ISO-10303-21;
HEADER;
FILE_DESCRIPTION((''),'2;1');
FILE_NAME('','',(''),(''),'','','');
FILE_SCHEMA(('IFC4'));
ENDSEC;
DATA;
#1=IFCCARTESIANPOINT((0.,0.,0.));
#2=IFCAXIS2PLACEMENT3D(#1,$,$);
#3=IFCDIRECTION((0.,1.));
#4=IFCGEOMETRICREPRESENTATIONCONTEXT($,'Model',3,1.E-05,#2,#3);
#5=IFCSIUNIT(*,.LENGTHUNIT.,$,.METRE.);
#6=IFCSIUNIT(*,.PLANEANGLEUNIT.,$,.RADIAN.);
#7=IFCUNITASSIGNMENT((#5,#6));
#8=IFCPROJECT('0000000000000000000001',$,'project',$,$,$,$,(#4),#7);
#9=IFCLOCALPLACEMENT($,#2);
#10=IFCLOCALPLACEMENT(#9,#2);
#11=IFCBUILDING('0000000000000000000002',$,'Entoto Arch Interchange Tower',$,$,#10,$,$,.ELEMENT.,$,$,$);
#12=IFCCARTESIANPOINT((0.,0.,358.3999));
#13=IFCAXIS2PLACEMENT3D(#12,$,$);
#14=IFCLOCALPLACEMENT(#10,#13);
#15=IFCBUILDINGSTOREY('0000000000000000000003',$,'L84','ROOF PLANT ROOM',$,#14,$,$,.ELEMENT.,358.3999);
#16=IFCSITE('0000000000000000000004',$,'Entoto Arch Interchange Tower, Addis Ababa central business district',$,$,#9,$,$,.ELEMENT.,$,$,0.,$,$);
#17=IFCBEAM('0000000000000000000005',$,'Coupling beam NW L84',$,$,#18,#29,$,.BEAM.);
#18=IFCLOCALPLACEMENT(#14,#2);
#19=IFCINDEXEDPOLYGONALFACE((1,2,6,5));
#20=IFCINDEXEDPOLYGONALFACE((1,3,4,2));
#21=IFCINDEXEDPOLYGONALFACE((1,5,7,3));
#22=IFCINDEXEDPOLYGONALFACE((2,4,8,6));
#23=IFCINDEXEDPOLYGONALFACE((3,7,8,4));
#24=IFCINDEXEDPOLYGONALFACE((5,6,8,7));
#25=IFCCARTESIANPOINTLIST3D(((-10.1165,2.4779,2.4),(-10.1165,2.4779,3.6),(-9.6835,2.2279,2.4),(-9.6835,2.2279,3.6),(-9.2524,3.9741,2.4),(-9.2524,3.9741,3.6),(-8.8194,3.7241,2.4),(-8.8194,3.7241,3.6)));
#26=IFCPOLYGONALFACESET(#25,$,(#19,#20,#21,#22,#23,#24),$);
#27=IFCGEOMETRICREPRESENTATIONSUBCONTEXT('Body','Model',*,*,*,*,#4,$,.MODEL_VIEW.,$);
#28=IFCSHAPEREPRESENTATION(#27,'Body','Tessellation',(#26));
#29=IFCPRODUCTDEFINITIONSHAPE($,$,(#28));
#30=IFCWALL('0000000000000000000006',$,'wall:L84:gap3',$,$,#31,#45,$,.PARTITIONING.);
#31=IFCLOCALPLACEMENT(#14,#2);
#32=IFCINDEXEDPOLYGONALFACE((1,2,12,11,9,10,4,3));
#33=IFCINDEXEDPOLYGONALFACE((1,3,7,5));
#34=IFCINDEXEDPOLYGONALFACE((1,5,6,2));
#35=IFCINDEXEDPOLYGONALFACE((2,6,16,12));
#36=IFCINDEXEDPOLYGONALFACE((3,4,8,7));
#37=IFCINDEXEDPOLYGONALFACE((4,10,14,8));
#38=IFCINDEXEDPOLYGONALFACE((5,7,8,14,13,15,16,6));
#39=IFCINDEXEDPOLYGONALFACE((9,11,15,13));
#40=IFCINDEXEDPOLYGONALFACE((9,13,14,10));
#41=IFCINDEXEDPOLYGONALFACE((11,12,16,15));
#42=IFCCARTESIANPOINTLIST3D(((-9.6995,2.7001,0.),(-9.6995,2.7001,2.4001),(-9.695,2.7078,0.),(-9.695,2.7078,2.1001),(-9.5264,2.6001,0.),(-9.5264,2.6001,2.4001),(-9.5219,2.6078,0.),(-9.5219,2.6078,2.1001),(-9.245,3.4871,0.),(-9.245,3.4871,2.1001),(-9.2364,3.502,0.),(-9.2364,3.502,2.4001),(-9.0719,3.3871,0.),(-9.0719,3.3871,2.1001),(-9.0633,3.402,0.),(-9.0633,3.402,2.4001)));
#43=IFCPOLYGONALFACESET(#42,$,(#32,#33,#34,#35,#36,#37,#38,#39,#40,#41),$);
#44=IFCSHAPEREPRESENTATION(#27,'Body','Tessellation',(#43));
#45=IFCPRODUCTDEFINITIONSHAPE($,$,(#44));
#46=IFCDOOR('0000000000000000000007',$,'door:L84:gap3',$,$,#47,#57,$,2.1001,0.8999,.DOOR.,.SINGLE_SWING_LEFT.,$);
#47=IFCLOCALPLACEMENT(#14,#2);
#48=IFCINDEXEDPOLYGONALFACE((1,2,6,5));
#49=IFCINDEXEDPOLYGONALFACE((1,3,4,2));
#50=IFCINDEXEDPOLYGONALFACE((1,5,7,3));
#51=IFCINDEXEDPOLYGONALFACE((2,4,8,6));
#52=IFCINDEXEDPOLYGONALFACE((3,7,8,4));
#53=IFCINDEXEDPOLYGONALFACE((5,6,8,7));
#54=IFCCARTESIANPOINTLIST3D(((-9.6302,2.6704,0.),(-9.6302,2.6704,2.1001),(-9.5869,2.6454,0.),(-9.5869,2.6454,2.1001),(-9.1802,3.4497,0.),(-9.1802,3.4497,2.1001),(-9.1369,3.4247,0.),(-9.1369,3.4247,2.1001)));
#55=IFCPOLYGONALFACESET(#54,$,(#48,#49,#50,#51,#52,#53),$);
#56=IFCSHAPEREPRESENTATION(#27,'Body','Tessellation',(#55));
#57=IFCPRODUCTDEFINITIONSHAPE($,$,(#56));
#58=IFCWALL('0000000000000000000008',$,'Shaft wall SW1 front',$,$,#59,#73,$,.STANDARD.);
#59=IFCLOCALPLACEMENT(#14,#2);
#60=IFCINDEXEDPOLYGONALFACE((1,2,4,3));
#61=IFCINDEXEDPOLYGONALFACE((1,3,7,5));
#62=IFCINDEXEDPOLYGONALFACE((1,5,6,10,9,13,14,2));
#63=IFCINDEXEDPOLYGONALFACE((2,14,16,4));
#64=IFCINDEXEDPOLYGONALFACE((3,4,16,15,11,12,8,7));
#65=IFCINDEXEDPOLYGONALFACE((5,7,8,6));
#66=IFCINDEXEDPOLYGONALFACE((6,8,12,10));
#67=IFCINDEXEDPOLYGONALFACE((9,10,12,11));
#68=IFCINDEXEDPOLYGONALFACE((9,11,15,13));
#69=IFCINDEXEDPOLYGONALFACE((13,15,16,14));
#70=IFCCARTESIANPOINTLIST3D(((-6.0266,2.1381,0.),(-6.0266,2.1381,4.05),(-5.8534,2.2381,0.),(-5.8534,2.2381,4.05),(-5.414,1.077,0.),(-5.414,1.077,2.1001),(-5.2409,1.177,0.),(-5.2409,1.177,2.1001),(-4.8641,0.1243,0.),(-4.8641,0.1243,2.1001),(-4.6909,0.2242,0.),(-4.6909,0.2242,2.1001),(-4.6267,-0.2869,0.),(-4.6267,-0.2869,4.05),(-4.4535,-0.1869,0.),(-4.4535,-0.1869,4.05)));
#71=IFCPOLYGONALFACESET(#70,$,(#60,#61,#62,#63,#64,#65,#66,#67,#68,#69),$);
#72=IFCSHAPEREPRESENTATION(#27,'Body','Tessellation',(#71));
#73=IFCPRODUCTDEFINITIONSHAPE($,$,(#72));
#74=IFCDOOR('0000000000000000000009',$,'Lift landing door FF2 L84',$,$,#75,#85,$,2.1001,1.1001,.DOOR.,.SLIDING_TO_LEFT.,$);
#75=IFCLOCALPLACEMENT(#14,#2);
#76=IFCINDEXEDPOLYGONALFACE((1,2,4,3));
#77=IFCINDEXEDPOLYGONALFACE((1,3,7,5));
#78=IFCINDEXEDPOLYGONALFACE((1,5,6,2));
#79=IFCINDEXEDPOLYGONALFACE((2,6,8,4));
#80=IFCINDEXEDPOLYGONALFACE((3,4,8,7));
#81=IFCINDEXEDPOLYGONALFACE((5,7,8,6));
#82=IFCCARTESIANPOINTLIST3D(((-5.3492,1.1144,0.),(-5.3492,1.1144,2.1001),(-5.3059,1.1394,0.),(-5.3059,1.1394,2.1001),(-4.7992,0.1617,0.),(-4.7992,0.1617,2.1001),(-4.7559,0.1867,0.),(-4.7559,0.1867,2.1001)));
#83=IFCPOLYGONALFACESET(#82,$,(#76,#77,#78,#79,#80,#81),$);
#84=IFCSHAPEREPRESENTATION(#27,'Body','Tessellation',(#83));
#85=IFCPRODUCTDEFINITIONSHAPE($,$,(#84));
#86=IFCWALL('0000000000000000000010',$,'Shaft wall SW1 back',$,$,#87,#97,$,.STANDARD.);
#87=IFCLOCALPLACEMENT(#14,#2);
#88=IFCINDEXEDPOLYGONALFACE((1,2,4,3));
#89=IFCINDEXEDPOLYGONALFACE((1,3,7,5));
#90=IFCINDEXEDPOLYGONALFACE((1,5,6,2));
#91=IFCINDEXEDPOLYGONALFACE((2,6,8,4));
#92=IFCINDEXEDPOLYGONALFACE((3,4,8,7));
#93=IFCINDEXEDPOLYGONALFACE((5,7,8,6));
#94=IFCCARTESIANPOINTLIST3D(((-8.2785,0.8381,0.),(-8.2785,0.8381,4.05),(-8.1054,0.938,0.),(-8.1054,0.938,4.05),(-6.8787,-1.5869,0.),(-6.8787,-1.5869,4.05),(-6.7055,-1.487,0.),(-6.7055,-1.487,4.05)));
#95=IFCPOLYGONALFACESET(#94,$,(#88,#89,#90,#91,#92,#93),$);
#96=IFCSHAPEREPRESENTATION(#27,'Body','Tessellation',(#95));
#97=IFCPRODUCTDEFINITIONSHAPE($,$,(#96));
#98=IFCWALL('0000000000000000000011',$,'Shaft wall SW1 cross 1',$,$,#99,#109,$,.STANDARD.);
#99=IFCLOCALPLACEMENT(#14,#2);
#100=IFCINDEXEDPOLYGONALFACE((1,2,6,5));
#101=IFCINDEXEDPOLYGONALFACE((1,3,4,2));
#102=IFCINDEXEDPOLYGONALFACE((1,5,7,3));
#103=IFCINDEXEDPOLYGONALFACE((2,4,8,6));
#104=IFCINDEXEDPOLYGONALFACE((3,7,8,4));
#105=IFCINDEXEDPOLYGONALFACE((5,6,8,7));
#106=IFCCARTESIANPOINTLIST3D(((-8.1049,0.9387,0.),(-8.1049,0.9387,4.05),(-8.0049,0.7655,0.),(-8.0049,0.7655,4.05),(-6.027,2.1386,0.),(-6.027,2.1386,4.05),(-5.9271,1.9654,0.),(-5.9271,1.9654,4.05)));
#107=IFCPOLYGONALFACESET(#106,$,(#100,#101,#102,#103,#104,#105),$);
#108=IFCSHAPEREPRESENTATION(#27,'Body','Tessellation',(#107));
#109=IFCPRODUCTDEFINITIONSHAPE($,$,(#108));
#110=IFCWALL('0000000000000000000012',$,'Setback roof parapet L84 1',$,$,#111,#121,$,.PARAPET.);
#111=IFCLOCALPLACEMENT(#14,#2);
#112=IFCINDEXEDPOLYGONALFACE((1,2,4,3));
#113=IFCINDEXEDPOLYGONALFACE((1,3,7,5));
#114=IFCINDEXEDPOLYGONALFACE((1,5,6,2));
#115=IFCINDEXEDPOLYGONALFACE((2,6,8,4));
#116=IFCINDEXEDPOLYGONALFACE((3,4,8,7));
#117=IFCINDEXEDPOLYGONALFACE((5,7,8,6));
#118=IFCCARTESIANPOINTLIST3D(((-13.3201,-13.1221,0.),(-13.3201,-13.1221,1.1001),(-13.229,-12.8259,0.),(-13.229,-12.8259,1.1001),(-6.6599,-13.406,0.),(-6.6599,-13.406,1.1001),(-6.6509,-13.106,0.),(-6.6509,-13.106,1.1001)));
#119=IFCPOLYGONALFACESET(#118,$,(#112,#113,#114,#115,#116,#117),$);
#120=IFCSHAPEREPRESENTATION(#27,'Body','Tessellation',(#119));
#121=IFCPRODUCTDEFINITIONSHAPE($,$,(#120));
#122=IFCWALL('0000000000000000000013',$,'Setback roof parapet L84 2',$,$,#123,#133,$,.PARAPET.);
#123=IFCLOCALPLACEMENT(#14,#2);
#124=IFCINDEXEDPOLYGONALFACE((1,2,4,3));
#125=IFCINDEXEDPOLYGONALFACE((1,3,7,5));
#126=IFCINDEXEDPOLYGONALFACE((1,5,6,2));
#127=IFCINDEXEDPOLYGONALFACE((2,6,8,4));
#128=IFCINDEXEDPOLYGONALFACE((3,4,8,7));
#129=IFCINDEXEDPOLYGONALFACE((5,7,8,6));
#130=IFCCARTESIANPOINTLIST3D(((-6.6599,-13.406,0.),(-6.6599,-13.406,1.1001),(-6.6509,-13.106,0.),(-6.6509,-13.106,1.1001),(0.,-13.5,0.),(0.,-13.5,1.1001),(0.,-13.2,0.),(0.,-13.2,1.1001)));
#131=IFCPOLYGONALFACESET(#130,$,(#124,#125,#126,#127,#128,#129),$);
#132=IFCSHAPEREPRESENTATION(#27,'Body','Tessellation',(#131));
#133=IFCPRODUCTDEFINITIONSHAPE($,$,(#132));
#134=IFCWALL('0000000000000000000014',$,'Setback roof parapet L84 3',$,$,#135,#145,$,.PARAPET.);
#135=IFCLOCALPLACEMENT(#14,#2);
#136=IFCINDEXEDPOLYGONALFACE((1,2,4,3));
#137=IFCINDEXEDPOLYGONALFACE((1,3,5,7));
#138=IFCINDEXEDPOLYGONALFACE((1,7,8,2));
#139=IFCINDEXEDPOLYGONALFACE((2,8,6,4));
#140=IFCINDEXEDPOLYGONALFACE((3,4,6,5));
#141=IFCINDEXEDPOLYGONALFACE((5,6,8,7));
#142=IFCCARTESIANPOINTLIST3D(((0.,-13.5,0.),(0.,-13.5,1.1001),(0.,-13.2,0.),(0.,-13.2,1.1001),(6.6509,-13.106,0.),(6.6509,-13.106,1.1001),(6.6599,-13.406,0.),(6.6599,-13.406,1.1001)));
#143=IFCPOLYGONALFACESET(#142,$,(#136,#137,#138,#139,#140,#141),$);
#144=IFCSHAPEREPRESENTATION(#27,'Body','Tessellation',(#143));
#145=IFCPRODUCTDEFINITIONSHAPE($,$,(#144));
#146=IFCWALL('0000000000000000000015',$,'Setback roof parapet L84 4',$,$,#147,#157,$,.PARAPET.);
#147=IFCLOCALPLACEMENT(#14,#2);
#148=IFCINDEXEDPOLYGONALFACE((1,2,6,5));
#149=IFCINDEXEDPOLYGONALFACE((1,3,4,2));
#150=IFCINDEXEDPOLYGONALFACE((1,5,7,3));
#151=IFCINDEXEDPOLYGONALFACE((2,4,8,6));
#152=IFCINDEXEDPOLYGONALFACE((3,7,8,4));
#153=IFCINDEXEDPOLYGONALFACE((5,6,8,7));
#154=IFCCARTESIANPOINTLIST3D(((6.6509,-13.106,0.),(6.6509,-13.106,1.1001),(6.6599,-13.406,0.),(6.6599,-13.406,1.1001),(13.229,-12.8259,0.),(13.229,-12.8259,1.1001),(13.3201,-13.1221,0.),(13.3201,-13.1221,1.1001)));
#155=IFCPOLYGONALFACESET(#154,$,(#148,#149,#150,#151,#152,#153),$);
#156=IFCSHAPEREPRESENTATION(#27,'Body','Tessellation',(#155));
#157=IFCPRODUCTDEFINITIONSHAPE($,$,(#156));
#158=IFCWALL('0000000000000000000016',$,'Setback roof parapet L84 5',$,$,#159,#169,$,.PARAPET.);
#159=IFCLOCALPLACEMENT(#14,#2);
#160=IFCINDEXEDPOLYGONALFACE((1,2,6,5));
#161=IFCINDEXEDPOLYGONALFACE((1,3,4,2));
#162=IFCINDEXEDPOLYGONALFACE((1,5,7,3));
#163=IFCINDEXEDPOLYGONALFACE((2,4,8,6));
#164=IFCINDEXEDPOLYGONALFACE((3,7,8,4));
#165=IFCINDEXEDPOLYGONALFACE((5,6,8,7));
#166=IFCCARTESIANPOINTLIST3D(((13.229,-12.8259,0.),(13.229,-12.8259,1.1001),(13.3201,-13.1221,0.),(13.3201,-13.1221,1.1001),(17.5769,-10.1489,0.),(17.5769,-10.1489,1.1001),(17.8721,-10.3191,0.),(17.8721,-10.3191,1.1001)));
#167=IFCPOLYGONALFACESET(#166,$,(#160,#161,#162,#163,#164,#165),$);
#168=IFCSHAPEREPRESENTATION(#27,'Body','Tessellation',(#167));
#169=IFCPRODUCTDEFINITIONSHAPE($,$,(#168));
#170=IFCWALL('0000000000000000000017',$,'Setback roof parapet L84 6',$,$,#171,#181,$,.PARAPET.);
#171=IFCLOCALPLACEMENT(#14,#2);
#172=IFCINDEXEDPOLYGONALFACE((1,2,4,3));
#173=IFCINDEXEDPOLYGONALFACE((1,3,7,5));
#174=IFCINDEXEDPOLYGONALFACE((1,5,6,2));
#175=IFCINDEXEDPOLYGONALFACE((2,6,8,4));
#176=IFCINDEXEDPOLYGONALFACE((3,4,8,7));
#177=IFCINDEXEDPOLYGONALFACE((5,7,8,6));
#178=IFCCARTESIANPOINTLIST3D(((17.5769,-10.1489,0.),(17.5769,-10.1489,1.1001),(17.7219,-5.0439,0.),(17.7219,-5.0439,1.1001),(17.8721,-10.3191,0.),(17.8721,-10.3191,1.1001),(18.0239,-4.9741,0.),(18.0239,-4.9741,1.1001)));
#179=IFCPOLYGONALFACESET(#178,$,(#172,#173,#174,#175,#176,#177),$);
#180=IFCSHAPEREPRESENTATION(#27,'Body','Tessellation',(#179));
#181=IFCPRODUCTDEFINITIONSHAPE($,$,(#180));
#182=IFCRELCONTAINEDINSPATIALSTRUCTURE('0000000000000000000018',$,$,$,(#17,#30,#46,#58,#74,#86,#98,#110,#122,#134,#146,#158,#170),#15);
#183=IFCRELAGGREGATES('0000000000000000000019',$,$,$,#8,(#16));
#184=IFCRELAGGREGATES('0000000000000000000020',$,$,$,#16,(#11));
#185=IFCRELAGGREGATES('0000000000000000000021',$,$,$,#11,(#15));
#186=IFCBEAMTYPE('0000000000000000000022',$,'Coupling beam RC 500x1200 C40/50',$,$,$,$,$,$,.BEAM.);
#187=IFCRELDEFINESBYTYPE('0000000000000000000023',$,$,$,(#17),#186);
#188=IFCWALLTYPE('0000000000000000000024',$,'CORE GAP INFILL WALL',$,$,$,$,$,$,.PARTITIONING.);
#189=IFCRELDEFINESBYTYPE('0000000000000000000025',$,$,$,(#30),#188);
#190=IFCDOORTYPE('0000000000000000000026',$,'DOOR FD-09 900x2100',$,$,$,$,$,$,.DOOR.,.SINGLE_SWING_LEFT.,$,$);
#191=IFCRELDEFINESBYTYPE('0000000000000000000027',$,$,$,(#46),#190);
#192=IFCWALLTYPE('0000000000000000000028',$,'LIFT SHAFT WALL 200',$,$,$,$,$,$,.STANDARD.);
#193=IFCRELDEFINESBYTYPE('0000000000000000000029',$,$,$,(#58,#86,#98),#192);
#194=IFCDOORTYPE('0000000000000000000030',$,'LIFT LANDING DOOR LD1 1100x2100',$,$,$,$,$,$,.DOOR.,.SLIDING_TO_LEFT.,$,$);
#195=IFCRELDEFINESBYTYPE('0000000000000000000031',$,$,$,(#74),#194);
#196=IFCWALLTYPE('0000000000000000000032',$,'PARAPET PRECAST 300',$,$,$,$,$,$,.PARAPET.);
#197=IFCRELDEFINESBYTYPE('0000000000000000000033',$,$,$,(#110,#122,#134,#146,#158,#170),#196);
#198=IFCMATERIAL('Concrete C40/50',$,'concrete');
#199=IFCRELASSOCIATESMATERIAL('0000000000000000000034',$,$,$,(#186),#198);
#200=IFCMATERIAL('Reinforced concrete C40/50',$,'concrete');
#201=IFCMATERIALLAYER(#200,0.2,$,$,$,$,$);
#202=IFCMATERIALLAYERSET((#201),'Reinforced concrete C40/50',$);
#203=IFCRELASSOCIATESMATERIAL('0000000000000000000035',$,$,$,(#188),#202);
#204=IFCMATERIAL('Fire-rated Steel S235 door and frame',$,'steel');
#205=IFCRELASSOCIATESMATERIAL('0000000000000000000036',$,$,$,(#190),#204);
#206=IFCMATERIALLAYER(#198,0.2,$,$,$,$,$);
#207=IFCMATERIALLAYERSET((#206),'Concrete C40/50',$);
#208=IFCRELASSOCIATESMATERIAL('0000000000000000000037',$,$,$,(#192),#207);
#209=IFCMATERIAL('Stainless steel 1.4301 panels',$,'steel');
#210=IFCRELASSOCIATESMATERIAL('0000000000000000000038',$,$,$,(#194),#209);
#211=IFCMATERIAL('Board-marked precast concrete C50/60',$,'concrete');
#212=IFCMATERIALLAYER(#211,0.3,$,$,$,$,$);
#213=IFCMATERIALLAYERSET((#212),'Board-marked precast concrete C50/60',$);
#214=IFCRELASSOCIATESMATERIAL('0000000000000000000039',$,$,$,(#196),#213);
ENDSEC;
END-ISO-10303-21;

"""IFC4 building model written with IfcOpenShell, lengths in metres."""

from ifc_helpers import new_model, si_unit, direction, frame, frame_2d, origin, origin_2d, place, context, subcontext, project, spatial, polyline, rectangle, outline, extrude, material, layer, layer_set, material_profile, profile_set, type_object, element, fill, save


model = new_model("IFC4")

# Units and contexts
model_context = context("Model", 3, precision=1e-05, world=origin(), true_north=direction((0.0, 1.0)))
body_context = subcontext(model_context, "Body", "Model", "MODEL_VIEW")
ifc_project = project(units=[si_unit("LENGTHUNIT", "METRE"), si_unit("PLANEANGLEUNIT", "RADIAN")], contexts=[model_context])

# Site, building, storey
site_placement = place(None, origin())
site = spatial("IfcSite", under=ifc_project, at=site_placement, Name="Entoto Arch Interchange Tower, Addis Ababa central business district", CompositionType="ELEMENT", RefElevation=0.0)
building_placement = place(site_placement, origin())
building = spatial("IfcBuilding", under=site, at=building_placement, Name="Entoto Arch Interchange Tower", CompositionType="ELEMENT")
storey_placement = place(building_placement, frame((0.0, 0.0, 358.3999)))
storey = spatial("IfcBuildingStorey", under=building, at=storey_placement, Name="L84", Description="ROOF PLANT ROOM", CompositionType="ELEMENT", Elevation=358.3999)

# Beam
ifc_material_1 = material(Name="Concrete C40/50", Category="concrete")
ifc_material_profile = material_profile(ifc_material_1, rectangle(XDim=0.5, YDim=1.2, at=origin_2d()))
ifc_profile_set = profile_set([ifc_material_profile], Name="Concrete C40/50")
beam_type = type_object("IfcBeamType", Name="Coupling beam RC 500x1200 C40/50", PredefinedType="BEAM", material=ifc_profile_set)
beam_placement = place(storey_placement, frame((-9.0359, 3.8491, 3.0), z_axis=(-0.500106, -0.865964, 0.0), x_axis=(0.865964, -0.500106, 0.0)))
element("IfcBeam", 1, at=beam_placement, inside=storey, type_object=beam_type, Name="Coupling beam NW L84", PredefinedType="BEAM", context=body_context, shape_type="SweptSolid", body=[
    extrude(rectangle(XDim=0.5, YDim=1.2, at=origin_2d()), origin(), (0.0, 0.0, 1.0), 1.7278),
])

# Walls, openings, doors
ifc_material_2 = material(Name="Reinforced concrete C40/50", Category="concrete")
ifc_layer_1 = layer(ifc_material_2, 0.2)
ifc_layer_set_1 = layer_set([ifc_layer_1], Name="Reinforced concrete C40/50")
wall_type_1 = type_object("IfcWallType", Name="CORE GAP INFILL WALL", PredefinedType="PARTITIONING", material=ifc_layer_set_1)
wall_1_placement = place(storey_placement, frame((-9.1499, 3.4519, 0.0), z_axis=(0.0, 0.0, 1.0), x_axis=(-0.50008, -0.865979, 0.0)))
wall_1 = element("IfcWall", 2, at=wall_1_placement, inside=storey, type_object=wall_type_1, Name="wall:L84:gap3", PredefinedType="PARTITIONING", context=body_context, shape_type="SweptSolid", body=[
    extrude(rectangle(XDim=0.926, YDim=0.2, at=frame_2d((0.4629, 0.0))), origin(), (0.0, 0.0, 1.0), 2.4001),
])
opening_1_placement = place(wall_1_placement, frame((0.0171, 0.0, 0.0)))
opening_1 = element("IfcOpeningElement", 3, at=opening_1_placement, cuts=wall_1, PredefinedType="OPENING", context=body_context, shape_type="SweptSolid", body=[
    extrude(rectangle(XDim=0.8999, YDim=2.1001, at=frame_2d((0.45, 1.05))), frame((0.0, 0.1099, 0.0), z_axis=(0.0, -1.0, 0.0), x_axis=(1.0, 0.0, 0.0)), (0.0, 0.0, 1.0), 0.22),
])
ifc_material_3 = material(Name="Fire-rated Steel S235 door and frame", Category="steel")
door_type_1 = type_object("IfcDoorType", Name="DOOR FD-09 900x2100", OperationType="SINGLE_SWING_LEFT", PredefinedType="DOOR", material=ifc_material_3)
door_1_placement = place(opening_1_placement, origin())
door_1 = element("IfcDoor", 4, at=door_1_placement, inside=storey, type_object=door_type_1, Name="door:L84:gap3", OperationType="SINGLE_SWING_LEFT", OverallHeight=2.1001, OverallWidth=0.8999, PredefinedType="DOOR", context=body_context, shape_type="SweptSolid", body=[
    extrude(rectangle(XDim=0.8999, YDim=2.1001, at=frame_2d((0.45, 1.05))), frame((0.0, 0.0249, 0.0), z_axis=(0.0, -1.0, 0.0), x_axis=(1.0, 0.0, 0.0)), (0.0, 0.0, 1.0), 0.05),
])
fill(opening_1, door_1)
ifc_layer_2 = layer(ifc_material_1, 0.2)
ifc_layer_set_2 = layer_set([ifc_layer_2], Name="Concrete C40/50")
wall_type_2 = type_object("IfcWallType", Name="LIFT SHAFT WALL 200", PredefinedType="STANDARD", material=ifc_layer_set_2)
wall_2_placement = place(storey_placement, frame((-5.9399, 2.188, 0.0), z_axis=(0.0, 0.0, 1.0), x_axis=(0.499946, -0.866056, 0.0)))
wall_2 = element("IfcWall", 5, at=wall_2_placement, inside=storey, type_object=wall_type_2, Name="Shaft wall SW1 front", PredefinedType="STANDARD", context=body_context, shape_type="SweptSolid", body=[
    extrude(rectangle(XDim=2.8, YDim=0.2, at=frame_2d((1.3999, 0.0))), origin(), (0.0, 0.0, 1.0), 4.05),
])
opening_2_placement = place(wall_2_placement, frame((1.2251, 0.0, 0.0)))
opening_2 = element("IfcOpeningElement", 6, at=opening_2_placement, cuts=wall_2, PredefinedType="OPENING", context=body_context, shape_type="SweptSolid", body=[
    extrude(rectangle(XDim=1.1001, YDim=2.1001, at=frame_2d((0.55, 1.05))), frame((0.0, 0.1099, 0.0), z_axis=(0.0, -1.0, 0.0), x_axis=(1.0, 0.0, 0.0)), (0.0, 0.0, 1.0), 0.22),
])
ifc_material_4 = material(Name="Stainless steel 1.4301 panels", Category="steel")
door_type_2 = type_object("IfcDoorType", Name="LIFT LANDING DOOR LD1 1100x2100", OperationType="SLIDING_TO_LEFT", PredefinedType="DOOR", material=ifc_material_4)
door_2_placement = place(opening_2_placement, origin())
door_2 = element("IfcDoor", 7, at=door_2_placement, inside=storey, type_object=door_type_2, Name="Lift landing door FF2 L84", OperationType="SLIDING_TO_LEFT", OverallHeight=2.1001, OverallWidth=1.1001, PredefinedType="DOOR", context=body_context, shape_type="SweptSolid", body=[
    extrude(rectangle(XDim=1.1001, YDim=2.1001, at=frame_2d((0.55, 1.05))), frame((0.0, 0.0249, 0.0), z_axis=(0.0, -1.0, 0.0), x_axis=(1.0, 0.0, 0.0)), (0.0, 0.0, 1.0), 0.05),
])
fill(opening_2, door_2)

# Walls
wall_3_placement = place(storey_placement, frame((-8.1919, 0.8879, 0.0), z_axis=(0.0, 0.0, 1.0), x_axis=(0.499946, -0.866056, 0.0)))
element("IfcWall", 8, at=wall_3_placement, inside=storey, type_object=wall_type_2, Name="Shaft wall SW1 back", PredefinedType="STANDARD", context=body_context, shape_type="SweptSolid", body=[
    extrude(rectangle(XDim=2.8, YDim=0.2, at=frame_2d((1.3999, 0.0))), origin(), (0.0, 0.0, 1.0), 4.05),
])
wall_4_placement = place(storey_placement, frame((-5.9771, 2.052, 0.0), z_axis=(0.0, 0.0, 1.0), x_axis=(-0.865974, -0.500089, 0.0)))
element("IfcWall", 9, at=wall_4_placement, inside=storey, type_object=wall_type_2, Name="Shaft wall SW1 cross 1", PredefinedType="STANDARD", context=body_context, shape_type="SweptSolid", body=[
    extrude(rectangle(XDim=2.3994, YDim=0.2, at=frame_2d((1.1997, 0.0))), origin(), (0.0, 0.0, 1.0), 4.05),
])
ifc_material_5 = material(Name="Board-marked precast concrete C50/60", Category="concrete")
ifc_layer_3 = layer(ifc_material_5, 0.3)
ifc_layer_set_3 = layer_set([ifc_layer_3], Name="Board-marked precast concrete C50/60")
wall_type_3 = type_object("IfcWallType", Name="PARAPET PRECAST 300", PredefinedType="PARAPET", material=ifc_layer_set_3)
wall_5_placement = place(storey_placement, origin())
element("IfcWall", 10, at=wall_5_placement, inside=storey, type_object=wall_type_3, Name="Setback roof parapet L84 1", PredefinedType="PARAPET", context=body_context, shape_type="SweptSolid", body=[
    extrude(outline(polyline([(-13.3201, -13.1221), (-6.6599, -13.406), (-6.6509, -13.106), (-13.229, -12.8259), (-13.3201, -13.1221)])), origin(), (0.0, 0.0, 1.0), 1.1001),
])
wall_6_placement = place(storey_placement, origin())
element("IfcWall", 11, at=wall_6_placement, inside=storey, type_object=wall_type_3, Name="Setback roof parapet L84 2", PredefinedType="PARAPET", context=body_context, shape_type="SweptSolid", body=[
    extrude(outline(polyline([(-6.6599, -13.406), (0.0, -13.5), (0.0, -13.2), (-6.6509, -13.106), (-6.6599, -13.406)])), origin(), (0.0, 0.0, 1.0), 1.1001),
])
wall_7_placement = place(storey_placement, origin())
element("IfcWall", 12, at=wall_7_placement, inside=storey, type_object=wall_type_3, Name="Setback roof parapet L84 3", PredefinedType="PARAPET", context=body_context, shape_type="SweptSolid", body=[
    extrude(outline(polyline([(0.0, -13.5), (6.6599, -13.406), (6.6509, -13.106), (0.0, -13.2), (0.0, -13.5)])), origin(), (0.0, 0.0, 1.0), 1.1001),
])
wall_8_placement = place(storey_placement, origin())
element("IfcWall", 13, at=wall_8_placement, inside=storey, type_object=wall_type_3, Name="Setback roof parapet L84 4", PredefinedType="PARAPET", context=body_context, shape_type="SweptSolid", body=[
    extrude(outline(polyline([(6.6599, -13.406), (13.3201, -13.1221), (13.229, -12.8259), (6.6509, -13.106), (6.6599, -13.406)])), origin(), (0.0, 0.0, 1.0), 1.1001),
])
wall_9_placement = place(storey_placement, origin())
element("IfcWall", 14, at=wall_9_placement, inside=storey, type_object=wall_type_3, Name="Setback roof parapet L84 5", PredefinedType="PARAPET", context=body_context, shape_type="SweptSolid", body=[
    extrude(outline(polyline([(13.3201, -13.1221), (17.8721, -10.3191), (17.5769, -10.1489), (13.229, -12.8259), (13.3201, -13.1221)])), origin(), (0.0, 0.0, 1.0), 1.1001),
])
wall_10_placement = place(storey_placement, origin())
element("IfcWall", 15, at=wall_10_placement, inside=storey, type_object=wall_type_3, Name="Setback roof parapet L84 6", PredefinedType="PARAPET", context=body_context, shape_type="SweptSolid", body=[
    extrude(outline(polyline([(17.8721, -10.3191), (18.0239, -4.9741), (17.7219, -5.0439), (17.5769, -10.1489), (17.8721, -10.3191)])), origin(), (0.0, 0.0, 1.0), 1.1001),
])

save(model, "model.ifc")
